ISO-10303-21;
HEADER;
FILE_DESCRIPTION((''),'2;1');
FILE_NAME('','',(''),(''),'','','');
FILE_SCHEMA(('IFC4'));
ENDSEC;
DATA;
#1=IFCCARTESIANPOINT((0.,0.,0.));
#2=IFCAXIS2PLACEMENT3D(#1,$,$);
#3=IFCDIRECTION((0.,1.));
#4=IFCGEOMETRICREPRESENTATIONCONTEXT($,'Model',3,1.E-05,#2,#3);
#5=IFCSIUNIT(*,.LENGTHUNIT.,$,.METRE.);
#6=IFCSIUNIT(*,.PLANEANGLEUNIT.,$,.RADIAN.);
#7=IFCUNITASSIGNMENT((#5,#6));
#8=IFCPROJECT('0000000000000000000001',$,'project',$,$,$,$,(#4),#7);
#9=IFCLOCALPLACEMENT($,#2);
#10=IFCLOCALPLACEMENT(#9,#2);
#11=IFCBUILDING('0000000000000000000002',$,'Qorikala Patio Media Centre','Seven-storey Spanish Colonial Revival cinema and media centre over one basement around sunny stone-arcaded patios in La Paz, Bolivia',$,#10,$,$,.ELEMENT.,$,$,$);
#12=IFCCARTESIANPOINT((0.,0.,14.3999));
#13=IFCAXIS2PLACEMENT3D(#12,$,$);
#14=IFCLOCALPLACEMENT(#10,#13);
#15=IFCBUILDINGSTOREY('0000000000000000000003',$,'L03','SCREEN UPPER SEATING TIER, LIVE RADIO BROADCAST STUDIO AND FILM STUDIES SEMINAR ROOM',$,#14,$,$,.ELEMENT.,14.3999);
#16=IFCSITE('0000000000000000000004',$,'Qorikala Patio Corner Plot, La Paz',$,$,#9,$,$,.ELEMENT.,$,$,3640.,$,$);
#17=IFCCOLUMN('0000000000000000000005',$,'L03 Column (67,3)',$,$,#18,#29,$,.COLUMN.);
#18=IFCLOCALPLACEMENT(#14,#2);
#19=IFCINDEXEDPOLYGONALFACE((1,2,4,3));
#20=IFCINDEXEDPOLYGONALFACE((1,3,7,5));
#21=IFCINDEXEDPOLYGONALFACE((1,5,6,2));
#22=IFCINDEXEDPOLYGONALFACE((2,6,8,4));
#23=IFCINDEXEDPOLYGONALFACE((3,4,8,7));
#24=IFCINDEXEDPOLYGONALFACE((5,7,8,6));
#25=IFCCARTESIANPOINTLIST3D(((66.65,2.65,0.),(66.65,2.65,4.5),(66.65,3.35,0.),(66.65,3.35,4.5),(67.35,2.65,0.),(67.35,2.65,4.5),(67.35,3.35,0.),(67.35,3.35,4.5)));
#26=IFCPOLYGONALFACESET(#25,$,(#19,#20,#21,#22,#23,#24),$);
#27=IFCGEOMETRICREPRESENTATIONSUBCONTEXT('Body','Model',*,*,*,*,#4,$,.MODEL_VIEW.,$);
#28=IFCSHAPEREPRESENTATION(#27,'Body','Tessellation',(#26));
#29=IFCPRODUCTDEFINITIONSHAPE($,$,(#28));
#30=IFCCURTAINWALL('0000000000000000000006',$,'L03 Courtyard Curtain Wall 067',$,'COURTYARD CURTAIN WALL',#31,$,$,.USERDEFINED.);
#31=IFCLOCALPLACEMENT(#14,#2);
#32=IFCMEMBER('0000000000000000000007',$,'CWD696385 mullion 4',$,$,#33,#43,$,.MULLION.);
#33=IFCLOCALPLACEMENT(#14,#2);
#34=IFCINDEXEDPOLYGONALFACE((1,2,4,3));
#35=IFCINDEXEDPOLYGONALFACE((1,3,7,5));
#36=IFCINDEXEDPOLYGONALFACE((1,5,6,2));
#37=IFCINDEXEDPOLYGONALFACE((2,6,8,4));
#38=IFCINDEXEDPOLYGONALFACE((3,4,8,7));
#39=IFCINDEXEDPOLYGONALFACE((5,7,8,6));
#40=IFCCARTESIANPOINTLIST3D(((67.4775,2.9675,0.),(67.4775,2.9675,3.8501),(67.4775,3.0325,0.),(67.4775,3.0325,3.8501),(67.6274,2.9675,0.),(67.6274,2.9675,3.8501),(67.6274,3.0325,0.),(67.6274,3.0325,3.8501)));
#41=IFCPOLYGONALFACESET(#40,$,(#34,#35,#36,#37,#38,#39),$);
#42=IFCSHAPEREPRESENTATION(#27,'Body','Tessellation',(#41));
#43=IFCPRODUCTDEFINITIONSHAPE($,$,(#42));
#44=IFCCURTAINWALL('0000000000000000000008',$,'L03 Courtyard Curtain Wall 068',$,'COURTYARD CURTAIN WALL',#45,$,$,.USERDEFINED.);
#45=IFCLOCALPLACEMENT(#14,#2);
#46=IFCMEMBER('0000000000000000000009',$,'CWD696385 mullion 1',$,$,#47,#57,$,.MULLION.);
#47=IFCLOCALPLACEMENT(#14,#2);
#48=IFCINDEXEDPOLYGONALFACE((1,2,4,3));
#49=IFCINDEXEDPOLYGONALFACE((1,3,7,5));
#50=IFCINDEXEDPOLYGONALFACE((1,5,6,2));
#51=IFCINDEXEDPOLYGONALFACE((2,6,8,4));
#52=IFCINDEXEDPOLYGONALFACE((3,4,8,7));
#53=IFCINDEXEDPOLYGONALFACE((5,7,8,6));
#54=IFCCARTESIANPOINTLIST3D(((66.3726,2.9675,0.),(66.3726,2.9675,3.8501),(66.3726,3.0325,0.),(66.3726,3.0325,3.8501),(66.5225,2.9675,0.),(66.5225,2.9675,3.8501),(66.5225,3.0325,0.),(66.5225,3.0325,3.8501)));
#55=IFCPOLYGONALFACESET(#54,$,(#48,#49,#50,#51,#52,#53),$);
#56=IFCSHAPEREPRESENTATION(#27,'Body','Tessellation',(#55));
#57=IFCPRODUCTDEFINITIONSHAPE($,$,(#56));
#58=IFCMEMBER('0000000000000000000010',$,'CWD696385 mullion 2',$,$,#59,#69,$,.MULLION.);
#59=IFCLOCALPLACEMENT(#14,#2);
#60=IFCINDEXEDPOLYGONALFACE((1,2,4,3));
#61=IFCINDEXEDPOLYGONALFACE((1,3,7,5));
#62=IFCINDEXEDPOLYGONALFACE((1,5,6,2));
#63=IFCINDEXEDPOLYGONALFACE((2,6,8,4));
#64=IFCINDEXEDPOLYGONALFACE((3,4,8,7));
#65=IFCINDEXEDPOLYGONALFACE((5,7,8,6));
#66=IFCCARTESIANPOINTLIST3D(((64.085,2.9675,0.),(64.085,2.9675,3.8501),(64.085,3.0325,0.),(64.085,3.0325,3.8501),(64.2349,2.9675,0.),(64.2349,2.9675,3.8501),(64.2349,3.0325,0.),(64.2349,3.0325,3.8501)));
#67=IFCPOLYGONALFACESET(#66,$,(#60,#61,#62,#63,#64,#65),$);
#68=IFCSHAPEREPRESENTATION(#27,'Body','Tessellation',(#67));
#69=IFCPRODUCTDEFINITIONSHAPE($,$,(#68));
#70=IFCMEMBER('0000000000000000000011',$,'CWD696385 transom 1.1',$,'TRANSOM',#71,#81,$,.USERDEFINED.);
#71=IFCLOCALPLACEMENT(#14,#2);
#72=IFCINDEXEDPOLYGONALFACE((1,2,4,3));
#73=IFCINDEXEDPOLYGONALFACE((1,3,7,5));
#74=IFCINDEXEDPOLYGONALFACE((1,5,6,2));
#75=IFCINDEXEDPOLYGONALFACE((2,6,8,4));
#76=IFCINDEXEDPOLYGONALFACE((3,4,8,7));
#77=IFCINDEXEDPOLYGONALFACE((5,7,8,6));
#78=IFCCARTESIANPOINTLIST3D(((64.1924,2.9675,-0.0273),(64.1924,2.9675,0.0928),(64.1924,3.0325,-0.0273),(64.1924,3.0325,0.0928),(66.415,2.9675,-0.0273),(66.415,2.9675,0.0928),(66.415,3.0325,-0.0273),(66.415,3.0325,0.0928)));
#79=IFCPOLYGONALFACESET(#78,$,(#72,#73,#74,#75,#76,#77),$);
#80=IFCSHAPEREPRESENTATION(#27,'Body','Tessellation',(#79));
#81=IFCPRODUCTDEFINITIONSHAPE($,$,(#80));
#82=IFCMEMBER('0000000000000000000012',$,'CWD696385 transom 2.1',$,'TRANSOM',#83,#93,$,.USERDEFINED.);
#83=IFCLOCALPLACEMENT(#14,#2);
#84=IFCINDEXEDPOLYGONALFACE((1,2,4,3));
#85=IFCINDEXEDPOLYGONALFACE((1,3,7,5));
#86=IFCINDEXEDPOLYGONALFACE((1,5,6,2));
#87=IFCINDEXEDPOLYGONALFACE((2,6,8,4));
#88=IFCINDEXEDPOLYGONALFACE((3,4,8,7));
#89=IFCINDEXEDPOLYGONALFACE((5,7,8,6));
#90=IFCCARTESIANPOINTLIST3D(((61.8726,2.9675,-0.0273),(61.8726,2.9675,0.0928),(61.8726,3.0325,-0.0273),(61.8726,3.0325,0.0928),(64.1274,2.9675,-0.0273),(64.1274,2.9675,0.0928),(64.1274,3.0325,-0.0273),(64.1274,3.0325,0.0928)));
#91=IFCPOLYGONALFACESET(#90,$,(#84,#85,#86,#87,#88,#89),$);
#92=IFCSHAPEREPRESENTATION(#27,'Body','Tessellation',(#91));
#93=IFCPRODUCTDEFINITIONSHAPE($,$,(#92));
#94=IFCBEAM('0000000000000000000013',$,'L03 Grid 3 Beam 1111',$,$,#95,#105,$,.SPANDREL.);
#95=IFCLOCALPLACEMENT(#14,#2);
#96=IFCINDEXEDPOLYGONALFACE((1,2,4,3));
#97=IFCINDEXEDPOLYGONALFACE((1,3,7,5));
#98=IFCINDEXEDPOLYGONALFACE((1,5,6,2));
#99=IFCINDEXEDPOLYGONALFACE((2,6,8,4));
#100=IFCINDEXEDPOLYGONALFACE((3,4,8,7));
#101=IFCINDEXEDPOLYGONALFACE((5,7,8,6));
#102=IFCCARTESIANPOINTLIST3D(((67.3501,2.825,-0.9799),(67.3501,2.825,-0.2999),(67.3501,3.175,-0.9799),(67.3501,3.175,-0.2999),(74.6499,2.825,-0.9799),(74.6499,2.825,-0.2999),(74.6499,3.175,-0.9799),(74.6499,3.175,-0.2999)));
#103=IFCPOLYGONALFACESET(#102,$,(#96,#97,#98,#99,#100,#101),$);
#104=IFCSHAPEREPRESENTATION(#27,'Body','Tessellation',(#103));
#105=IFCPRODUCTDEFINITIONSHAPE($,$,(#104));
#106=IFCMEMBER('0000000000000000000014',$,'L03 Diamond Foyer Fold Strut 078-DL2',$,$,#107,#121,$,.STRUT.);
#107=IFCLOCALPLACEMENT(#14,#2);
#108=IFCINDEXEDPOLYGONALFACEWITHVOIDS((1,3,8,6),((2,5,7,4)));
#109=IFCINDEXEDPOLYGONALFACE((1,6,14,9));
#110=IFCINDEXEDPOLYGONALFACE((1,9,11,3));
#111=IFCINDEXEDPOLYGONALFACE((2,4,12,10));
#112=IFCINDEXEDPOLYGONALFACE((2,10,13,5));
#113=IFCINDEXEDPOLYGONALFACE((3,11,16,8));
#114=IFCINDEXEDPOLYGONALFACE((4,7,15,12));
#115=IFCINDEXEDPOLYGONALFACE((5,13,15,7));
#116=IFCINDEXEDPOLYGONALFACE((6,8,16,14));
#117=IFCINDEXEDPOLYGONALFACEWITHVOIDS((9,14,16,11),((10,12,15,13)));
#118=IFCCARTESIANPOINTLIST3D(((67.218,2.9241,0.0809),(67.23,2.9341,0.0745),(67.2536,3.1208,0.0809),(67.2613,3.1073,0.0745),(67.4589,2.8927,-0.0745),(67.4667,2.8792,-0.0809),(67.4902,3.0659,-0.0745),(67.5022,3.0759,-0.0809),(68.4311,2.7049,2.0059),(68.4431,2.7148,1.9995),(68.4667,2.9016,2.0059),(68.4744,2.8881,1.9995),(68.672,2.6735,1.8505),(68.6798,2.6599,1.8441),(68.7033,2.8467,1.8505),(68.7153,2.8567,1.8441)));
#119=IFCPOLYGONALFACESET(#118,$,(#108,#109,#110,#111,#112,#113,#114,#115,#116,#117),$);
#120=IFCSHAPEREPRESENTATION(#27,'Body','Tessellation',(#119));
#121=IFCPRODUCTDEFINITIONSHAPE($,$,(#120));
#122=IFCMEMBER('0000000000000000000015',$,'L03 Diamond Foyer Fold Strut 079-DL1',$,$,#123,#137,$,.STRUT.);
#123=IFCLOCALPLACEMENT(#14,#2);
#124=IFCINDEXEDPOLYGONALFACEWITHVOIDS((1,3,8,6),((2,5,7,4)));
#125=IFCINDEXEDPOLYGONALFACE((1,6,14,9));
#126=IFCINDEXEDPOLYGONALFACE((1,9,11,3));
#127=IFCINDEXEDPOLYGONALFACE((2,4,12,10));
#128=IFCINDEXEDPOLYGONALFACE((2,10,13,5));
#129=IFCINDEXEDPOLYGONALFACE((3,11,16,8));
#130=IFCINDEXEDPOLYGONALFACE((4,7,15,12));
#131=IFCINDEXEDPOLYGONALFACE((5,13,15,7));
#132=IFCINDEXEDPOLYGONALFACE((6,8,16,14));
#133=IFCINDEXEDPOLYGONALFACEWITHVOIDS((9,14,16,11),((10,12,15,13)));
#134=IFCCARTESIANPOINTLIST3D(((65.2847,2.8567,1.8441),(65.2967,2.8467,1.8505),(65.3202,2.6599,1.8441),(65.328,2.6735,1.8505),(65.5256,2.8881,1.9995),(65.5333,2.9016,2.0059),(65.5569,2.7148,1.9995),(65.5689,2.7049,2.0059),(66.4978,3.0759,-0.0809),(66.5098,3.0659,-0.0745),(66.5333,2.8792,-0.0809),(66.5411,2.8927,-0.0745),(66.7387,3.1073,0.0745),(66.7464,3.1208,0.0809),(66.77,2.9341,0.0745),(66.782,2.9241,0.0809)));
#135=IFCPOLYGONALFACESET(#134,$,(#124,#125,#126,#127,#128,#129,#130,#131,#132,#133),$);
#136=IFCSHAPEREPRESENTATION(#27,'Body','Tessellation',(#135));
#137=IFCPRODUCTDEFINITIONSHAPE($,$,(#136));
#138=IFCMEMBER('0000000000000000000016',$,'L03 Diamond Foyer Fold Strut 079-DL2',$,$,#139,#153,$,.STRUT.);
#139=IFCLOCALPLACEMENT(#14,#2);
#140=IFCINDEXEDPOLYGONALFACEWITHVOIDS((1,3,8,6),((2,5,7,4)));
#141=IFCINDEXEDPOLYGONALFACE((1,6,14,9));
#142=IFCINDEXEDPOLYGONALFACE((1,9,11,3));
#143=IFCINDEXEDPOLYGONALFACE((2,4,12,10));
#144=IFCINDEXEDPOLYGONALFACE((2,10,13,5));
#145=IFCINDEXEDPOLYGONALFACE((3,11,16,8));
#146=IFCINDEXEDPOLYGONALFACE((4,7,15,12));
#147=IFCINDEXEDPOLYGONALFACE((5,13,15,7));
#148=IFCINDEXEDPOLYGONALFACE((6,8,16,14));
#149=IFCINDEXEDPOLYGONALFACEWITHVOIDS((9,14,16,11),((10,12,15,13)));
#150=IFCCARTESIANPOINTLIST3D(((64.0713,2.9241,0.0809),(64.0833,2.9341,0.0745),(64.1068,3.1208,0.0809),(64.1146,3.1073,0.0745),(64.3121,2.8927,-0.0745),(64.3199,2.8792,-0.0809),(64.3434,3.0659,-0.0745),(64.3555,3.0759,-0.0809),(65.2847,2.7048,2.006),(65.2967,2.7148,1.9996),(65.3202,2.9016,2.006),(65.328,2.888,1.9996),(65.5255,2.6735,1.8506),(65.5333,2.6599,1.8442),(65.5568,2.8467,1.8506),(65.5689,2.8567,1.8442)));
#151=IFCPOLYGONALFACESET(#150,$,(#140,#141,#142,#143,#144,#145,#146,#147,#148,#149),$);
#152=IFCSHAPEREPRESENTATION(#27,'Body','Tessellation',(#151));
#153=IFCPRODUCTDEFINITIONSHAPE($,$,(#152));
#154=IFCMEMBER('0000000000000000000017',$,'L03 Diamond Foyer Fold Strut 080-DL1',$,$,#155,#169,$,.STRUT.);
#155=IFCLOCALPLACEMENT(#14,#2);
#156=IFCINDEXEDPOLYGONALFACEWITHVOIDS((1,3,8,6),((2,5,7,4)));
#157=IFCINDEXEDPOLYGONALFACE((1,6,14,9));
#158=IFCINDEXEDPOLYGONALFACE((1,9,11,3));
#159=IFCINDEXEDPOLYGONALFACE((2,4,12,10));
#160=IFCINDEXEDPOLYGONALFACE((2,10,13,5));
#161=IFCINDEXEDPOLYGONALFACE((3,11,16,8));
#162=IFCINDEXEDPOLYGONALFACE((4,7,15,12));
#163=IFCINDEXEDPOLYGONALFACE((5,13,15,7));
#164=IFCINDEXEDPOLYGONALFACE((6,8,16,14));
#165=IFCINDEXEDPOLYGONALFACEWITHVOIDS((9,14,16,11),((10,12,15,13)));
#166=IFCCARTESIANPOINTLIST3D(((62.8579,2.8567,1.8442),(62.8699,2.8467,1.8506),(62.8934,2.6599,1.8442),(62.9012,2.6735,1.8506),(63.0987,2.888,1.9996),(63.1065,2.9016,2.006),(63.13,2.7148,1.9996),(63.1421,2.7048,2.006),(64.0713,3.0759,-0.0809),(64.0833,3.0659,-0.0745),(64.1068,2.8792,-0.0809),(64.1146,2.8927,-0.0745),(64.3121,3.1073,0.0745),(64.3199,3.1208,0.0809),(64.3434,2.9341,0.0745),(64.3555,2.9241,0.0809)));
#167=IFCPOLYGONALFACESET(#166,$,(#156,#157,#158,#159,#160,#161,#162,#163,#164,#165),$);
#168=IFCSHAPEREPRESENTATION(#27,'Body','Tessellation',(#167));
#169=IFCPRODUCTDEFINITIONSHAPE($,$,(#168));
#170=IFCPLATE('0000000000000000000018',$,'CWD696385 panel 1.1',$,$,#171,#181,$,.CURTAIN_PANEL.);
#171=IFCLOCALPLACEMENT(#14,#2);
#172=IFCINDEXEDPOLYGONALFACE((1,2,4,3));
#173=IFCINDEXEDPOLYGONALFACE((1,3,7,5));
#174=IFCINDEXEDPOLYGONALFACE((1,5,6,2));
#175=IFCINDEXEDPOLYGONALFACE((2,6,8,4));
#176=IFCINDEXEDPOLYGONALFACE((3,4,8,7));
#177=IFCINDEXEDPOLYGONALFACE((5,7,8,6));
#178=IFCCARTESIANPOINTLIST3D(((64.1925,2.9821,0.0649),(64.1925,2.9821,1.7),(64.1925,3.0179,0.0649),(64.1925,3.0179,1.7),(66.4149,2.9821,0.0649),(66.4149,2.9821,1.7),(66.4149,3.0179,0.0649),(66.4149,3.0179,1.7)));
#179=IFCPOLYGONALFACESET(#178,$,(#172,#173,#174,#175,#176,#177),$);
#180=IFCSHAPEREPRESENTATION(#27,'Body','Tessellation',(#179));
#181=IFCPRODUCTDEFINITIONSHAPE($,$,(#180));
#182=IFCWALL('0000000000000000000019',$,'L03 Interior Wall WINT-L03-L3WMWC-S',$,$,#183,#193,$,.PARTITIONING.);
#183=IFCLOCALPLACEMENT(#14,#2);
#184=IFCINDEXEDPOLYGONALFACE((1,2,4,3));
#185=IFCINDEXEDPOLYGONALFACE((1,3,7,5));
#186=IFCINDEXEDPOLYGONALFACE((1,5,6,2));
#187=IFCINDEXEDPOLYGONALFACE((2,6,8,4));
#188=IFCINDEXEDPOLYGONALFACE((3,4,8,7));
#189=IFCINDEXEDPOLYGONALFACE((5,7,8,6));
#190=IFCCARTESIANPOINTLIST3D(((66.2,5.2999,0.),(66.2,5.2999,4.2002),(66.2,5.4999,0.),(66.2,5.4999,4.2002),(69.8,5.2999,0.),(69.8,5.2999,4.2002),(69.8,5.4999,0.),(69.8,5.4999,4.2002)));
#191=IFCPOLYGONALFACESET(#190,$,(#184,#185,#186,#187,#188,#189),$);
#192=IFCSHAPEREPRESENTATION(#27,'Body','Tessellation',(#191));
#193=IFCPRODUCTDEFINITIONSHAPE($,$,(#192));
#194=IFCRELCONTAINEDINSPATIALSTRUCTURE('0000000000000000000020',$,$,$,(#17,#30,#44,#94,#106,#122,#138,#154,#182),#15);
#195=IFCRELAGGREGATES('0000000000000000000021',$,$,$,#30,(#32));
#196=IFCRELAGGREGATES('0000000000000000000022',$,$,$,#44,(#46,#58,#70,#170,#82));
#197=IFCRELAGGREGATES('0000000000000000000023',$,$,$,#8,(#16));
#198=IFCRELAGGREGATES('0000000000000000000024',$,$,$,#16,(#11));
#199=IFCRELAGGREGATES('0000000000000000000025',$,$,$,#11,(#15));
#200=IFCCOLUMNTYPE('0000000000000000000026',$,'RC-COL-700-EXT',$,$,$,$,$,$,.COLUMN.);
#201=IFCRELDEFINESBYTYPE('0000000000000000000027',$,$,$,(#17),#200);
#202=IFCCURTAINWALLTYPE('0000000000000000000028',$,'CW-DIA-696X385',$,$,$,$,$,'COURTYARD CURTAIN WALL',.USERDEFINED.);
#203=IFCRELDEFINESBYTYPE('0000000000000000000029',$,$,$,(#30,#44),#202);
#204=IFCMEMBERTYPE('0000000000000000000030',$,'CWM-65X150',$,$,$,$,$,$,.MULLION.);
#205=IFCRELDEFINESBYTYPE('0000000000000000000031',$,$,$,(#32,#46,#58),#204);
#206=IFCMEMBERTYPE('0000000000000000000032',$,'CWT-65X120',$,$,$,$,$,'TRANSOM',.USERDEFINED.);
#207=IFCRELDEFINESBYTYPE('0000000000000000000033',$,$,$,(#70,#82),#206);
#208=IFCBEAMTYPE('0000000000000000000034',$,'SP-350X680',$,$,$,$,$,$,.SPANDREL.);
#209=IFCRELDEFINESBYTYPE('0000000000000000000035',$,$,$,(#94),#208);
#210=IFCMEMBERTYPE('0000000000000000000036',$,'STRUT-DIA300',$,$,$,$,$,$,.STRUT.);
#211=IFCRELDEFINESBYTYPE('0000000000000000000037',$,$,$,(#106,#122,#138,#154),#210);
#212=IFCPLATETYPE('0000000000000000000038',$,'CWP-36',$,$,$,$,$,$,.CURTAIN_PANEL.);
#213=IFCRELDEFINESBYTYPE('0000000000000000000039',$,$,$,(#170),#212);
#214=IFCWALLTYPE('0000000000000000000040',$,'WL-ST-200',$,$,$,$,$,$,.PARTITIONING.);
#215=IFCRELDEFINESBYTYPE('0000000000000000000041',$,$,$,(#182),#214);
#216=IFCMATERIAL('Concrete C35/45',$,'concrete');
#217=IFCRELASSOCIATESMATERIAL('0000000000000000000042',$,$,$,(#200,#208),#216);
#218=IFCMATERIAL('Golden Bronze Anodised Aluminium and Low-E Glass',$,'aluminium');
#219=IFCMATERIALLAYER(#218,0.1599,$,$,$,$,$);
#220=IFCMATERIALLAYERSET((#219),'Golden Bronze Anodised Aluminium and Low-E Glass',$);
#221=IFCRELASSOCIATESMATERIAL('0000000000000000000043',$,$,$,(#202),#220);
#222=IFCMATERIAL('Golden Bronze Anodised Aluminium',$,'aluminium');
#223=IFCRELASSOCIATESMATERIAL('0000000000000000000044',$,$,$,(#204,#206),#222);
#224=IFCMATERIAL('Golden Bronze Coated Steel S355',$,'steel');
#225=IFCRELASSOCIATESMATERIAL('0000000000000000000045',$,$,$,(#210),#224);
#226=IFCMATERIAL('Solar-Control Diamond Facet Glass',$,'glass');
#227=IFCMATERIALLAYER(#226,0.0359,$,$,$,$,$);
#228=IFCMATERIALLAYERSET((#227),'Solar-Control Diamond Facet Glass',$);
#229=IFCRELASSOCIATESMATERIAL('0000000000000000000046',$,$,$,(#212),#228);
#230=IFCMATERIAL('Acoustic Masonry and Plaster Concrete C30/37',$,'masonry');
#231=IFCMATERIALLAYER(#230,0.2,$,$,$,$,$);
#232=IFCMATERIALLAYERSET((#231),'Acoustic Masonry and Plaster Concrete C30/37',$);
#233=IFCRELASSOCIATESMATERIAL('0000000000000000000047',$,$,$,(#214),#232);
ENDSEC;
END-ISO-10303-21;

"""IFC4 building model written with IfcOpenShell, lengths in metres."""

from ifc_helpers import new_model, si_unit, direction, frame, frame_2d, origin, origin_2d, place, context, subcontext, project, spatial, rectangle, hollow_rectangle, extrude, material, layer, layer_set, material_profile, profile_set, type_object, element, aggregate, save


model = new_model("IFC4")

# Units and contexts
model_context = context("Model", 3, precision=1e-05, world=origin(), true_north=direction((0.0, 1.0)))
body_context = subcontext(model_context, "Body", "Model", "MODEL_VIEW")
ifc_project = project(units=[si_unit("LENGTHUNIT", "METRE"), si_unit("PLANEANGLEUNIT", "RADIAN")], contexts=[model_context])

# Site, building, storey
site_placement = place(None, origin())
site = spatial("IfcSite", under=ifc_project, at=site_placement, Name="Qorikala Patio Corner Plot, La Paz", CompositionType="ELEMENT", RefElevation=3640.0)
building_placement = place(site_placement, origin())
building = spatial("IfcBuilding", under=site, at=building_placement, Name="Qorikala Patio Media Centre", Description="Seven-storey Spanish Colonial Revival cinema and media centre over one basement around sunny stone-arcaded patios in La Paz, Bolivia", CompositionType="ELEMENT")
storey_placement = place(building_placement, frame((0.0, 0.0, 14.3999)))
storey = spatial("IfcBuildingStorey", under=building, at=storey_placement, Name="L03", Description="SCREEN UPPER SEATING TIER, LIVE RADIO BROADCAST STUDIO AND FILM STUDIES SEMINAR ROOM", CompositionType="ELEMENT", Elevation=14.3999)

# Column
ifc_material_1 = material(Name="Concrete C35/45", Category="concrete")
ifc_material_profile_1 = material_profile(ifc_material_1, rectangle(XDim=0.7, YDim=0.7, at=origin_2d()), Name="RC 700x700")
ifc_profile_set_1 = profile_set([ifc_material_profile_1], Name="Concrete C35/45")
column_type = type_object("IfcColumnType", Name="RC-COL-700-EXT", PredefinedType="COLUMN", material=ifc_profile_set_1)
column_placement = place(storey_placement, frame((67.0, 3.0, 0.0), z_axis=(0.0, 0.0, 1.0), x_axis=(1.0, 0.0, 0.0)))
element("IfcColumn", 1, at=column_placement, inside=storey, type_object=column_type, Name="L03 Column (67,3)", PredefinedType="COLUMN", context=body_context, shape_type="SweptSolid", body=[
    extrude(rectangle(XDim=0.7, YDim=0.7, at=origin_2d()), origin(), (0.0, 0.0, 1.0), 4.5),
])

# Curtain wall, member
ifc_material_2 = material(Name="Golden Bronze Anodised Aluminium and Low-E Glass", Category="aluminium")
ifc_layer_1 = layer(ifc_material_2, 0.1599)
ifc_layer_set_1 = layer_set([ifc_layer_1], Name="Golden Bronze Anodised Aluminium and Low-E Glass")
curtain_wall_type = type_object("IfcCurtainWallType", Name="CW-DIA-696X385", ElementType="COURTYARD CURTAIN WALL", PredefinedType="USERDEFINED", material=ifc_layer_set_1)
curtain_wall_1_placement = place(storey_placement, origin())
curtain_wall_1 = element("IfcCurtainWall", 2, at=curtain_wall_1_placement, inside=storey, type_object=curtain_wall_type, Name="L03 Courtyard Curtain Wall 067", ObjectType="COURTYARD CURTAIN WALL", PredefinedType="USERDEFINED")
ifc_material_3 = material(Name="Golden Bronze Anodised Aluminium", Category="aluminium")
ifc_material_profile_2 = material_profile(ifc_material_3, rectangle(XDim=0.0649, YDim=0.1499, at=origin_2d()), Name="ALU MULLION 65x150")
ifc_profile_set_2 = profile_set([ifc_material_profile_2], Name="Golden Bronze Anodised Aluminium")
member_type_1 = type_object("IfcMemberType", Name="CWM-65X150", PredefinedType="MULLION", material=ifc_profile_set_2)
member_1_placement = place(storey_placement, frame((67.5525, 3.0, 0.0), z_axis=(0.0, 0.0, 1.0), x_axis=(0.0, -1.0, 0.0)))
member_1 = element("IfcMember", 3, at=member_1_placement, type_object=member_type_1, Name="CWD696385 mullion 4", PredefinedType="MULLION", context=body_context, shape_type="SweptSolid", body=[
    extrude(rectangle(XDim=0.0649, YDim=0.1499, at=origin_2d()), origin(), (0.0, 0.0, 1.0), 3.8501),
])
aggregate(curtain_wall_1, [member_1])

# Curtain wall, members
curtain_wall_2_placement = place(storey_placement, origin())
curtain_wall_2 = element("IfcCurtainWall", 4, at=curtain_wall_2_placement, inside=storey, type_object=curtain_wall_type, Name="L03 Courtyard Curtain Wall 068", ObjectType="COURTYARD CURTAIN WALL", PredefinedType="USERDEFINED")
member_2_placement = place(storey_placement, frame((66.4475, 3.0, 0.0), z_axis=(0.0, 0.0, 1.0), x_axis=(0.0, -1.0, 0.0)))
member_2 = element("IfcMember", 5, at=member_2_placement, type_object=member_type_1, Name="CWD696385 mullion 1", PredefinedType="MULLION", context=body_context, shape_type="SweptSolid", body=[
    extrude(rectangle(XDim=0.0649, YDim=0.1499, at=origin_2d()), origin(), (0.0, 0.0, 1.0), 3.8501),
])
member_3_placement = place(storey_placement, frame((64.1599, 3.0, 0.0), z_axis=(0.0, 0.0, 1.0), x_axis=(0.0, -1.0, 0.0)))
member_3 = element("IfcMember", 6, at=member_3_placement, type_object=member_type_1, Name="CWD696385 mullion 2", PredefinedType="MULLION", context=body_context, shape_type="SweptSolid", body=[
    extrude(rectangle(XDim=0.0649, YDim=0.1499, at=origin_2d()), origin(), (0.0, 0.0, 1.0), 3.8501),
])
ifc_material_profile_3 = material_profile(ifc_material_3, rectangle(XDim=0.0649, YDim=0.1201, at=origin_2d()), Name="ALU TRANSOM 65x120")
ifc_profile_set_3 = profile_set([ifc_material_profile_3], Name="Golden Bronze Anodised Aluminium")
member_type_2 = type_object("IfcMemberType", Name="CWT-65X120", ElementType="TRANSOM", PredefinedType="USERDEFINED", material=ifc_profile_set_3)
member_4_placement = place(storey_placement, frame((66.415, 3.0, 0.0327), z_axis=(-1.0, 0.0, 0.0), x_axis=(0.0, -1.0, 0.0)))
member_4 = element("IfcMember", 7, at=member_4_placement, type_object=member_type_2, Name="CWD696385 transom 1.1", ObjectType="TRANSOM", PredefinedType="USERDEFINED", context=body_context, shape_type="SweptSolid", body=[
    extrude(rectangle(XDim=0.0649, YDim=0.1201, at=origin_2d()), origin(), (0.0, 0.0, 1.0), 2.2227),
])
member_5_placement = place(storey_placement, frame((64.1274, 3.0, 0.0327), z_axis=(-1.0, 0.0, 0.0), x_axis=(0.0, -1.0, 0.0)))
member_5 = element("IfcMember", 8, at=member_5_placement, type_object=member_type_2, Name="CWD696385 transom 2.1", ObjectType="TRANSOM", PredefinedType="USERDEFINED", context=body_context, shape_type="SweptSolid", body=[
    extrude(rectangle(XDim=0.0649, YDim=0.1201, at=origin_2d()), origin(), (0.0, 0.0, 1.0), 2.2549),
])

# Beam
ifc_material_profile_4 = material_profile(ifc_material_1, rectangle(XDim=0.3501, YDim=0.6799, at=origin_2d()), Name="RC 350x680")
ifc_profile_set_4 = profile_set([ifc_material_profile_4], Name="Concrete C35/45")
beam_type = type_object("IfcBeamType", Name="SP-350X680", PredefinedType="SPANDREL", material=ifc_profile_set_4)
beam_placement = place(storey_placement, frame((67.3501, 3.0, -0.6399), z_axis=(1.0, 0.0, 0.0), x_axis=(0.0, 1.0, 0.0)))
element("IfcBeam", 9, at=beam_placement, inside=storey, type_object=beam_type, Name="L03 Grid 3 Beam 1111", PredefinedType="SPANDREL", context=body_context, shape_type="SweptSolid", body=[
    extrude(rectangle(XDim=0.3501, YDim=0.6799, at=origin_2d()), origin(), (0.0, 0.0, 1.0), 7.2998),
])

# Members
ifc_material_4 = material(Name="Golden Bronze Coated Steel S355", Category="steel")
ifc_material_profile_5 = material_profile(ifc_material_4, hollow_rectangle(XDim=0.2, YDim=0.3, WallThickness=0.012, at=origin_2d()), Name="HSS300X200X12")
ifc_profile_set_5 = profile_set([ifc_material_profile_5], Name="Golden Bronze Coated Steel S355")
member_type_3 = type_object("IfcMemberType", Name="STRUT-DIA300", PredefinedType="STRUT", material=ifc_profile_set_5)
for number, where, z_axis, x_axis, name in (
    (10, (67.3601, 3.0, 0.0), (0.530691, -0.095907, 0.842121), (0.17784, 0.984059, 0.0), "L03 Diamond Foyer Fold Strut 078-DL2"),
    (11, (66.6399, 3.0, 0.0), (-0.530691, -0.095907, 0.842121), (0.17784, -0.984059, 0.0), "L03 Diamond Foyer Fold Strut 079-DL1"),
):
    element("IfcMember", number, at=place(storey_placement, frame(where, z_axis=z_axis, x_axis=x_axis)), inside=storey, type_object=member_type_3, Name=name, PredefinedType="STRUT", context=body_context, shape_type="SweptSolid", body=[
        extrude(hollow_rectangle(XDim=0.2, YDim=0.3, WallThickness=0.012, at=origin_2d()), origin(), (0.0, 0.0, 1.0), 2.2859),
    ])
for number, where, z_axis, x_axis, name in (
    (12, (64.2134, 3.0, 0.0), (0.530768, -0.095901, 0.842074), (0.177805, 0.984066, 0.0), "L03 Diamond Foyer Fold Strut 079-DL2"),
    (13, (64.2134, 3.0, 0.0), (-0.530768, -0.095901, 0.842074), (0.177805, -0.984066, 0.0), "L03 Diamond Foyer Fold Strut 080-DL1"),
):
    element("IfcMember", number, at=place(storey_placement, frame(where, z_axis=z_axis, x_axis=x_axis)), inside=storey, type_object=member_type_3, Name=name, PredefinedType="STRUT", context=body_context, shape_type="SweptSolid", body=[
        extrude(hollow_rectangle(XDim=0.2, YDim=0.3, WallThickness=0.012, at=origin_2d()), origin(), (0.0, 0.0, 1.0), 2.2861),
    ])

# Plate
ifc_material_5 = material(Name="Solar-Control Diamond Facet Glass", Category="glass")
ifc_layer_2 = layer(ifc_material_5, 0.0359)
ifc_layer_set_2 = layer_set([ifc_layer_2], Name="Solar-Control Diamond Facet Glass")
plate_type = type_object("IfcPlateType", Name="CWP-36", PredefinedType="CURTAIN_PANEL", material=ifc_layer_set_2)
plate_placement = place(storey_placement, frame((65.3037, 3.0, 0.0649), z_axis=(0.0, 0.0, 1.0), x_axis=(-1.0, 0.0, 0.0)))
plate = element("IfcPlate", 14, at=plate_placement, type_object=plate_type, Name="CWD696385 panel 1.1", PredefinedType="CURTAIN_PANEL", context=body_context, shape_type="SweptSolid", body=[
    extrude(rectangle(XDim=2.2224, YDim=0.0359, at=origin_2d()), origin(), (0.0, 0.0, 1.0), 1.635),
])
aggregate(curtain_wall_2, [member_2, member_3, member_4, plate, member_5])

# Wall
ifc_material_6 = material(Name="Acoustic Masonry and Plaster Concrete C30/37", Category="masonry")
ifc_layer_3 = layer(ifc_material_6, 0.2)
ifc_layer_set_3 = layer_set([ifc_layer_3], Name="Acoustic Masonry and Plaster Concrete C30/37")
wall_type = type_object("IfcWallType", Name="WL-ST-200", PredefinedType="PARTITIONING", material=ifc_layer_set_3)
wall_1_placement = place(storey_placement, frame((66.2, 5.3999, 0.0), z_axis=(0.0, 0.0, 1.0), x_axis=(1.0, 0.0, 0.0)))
element("IfcWall", 15, at=wall_1_placement, inside=storey, type_object=wall_type, Name="L03 Interior Wall WINT-L03-L3WMWC-S", PredefinedType="PARTITIONING", context=body_context, shape_type="SweptSolid", body=[
    extrude(rectangle(XDim=3.6001, YDim=0.2, at=frame_2d((1.8, 0.0))), origin(), (0.0, 0.0, 1.0), 4.2002),
])

save(model, "model.ifc")
